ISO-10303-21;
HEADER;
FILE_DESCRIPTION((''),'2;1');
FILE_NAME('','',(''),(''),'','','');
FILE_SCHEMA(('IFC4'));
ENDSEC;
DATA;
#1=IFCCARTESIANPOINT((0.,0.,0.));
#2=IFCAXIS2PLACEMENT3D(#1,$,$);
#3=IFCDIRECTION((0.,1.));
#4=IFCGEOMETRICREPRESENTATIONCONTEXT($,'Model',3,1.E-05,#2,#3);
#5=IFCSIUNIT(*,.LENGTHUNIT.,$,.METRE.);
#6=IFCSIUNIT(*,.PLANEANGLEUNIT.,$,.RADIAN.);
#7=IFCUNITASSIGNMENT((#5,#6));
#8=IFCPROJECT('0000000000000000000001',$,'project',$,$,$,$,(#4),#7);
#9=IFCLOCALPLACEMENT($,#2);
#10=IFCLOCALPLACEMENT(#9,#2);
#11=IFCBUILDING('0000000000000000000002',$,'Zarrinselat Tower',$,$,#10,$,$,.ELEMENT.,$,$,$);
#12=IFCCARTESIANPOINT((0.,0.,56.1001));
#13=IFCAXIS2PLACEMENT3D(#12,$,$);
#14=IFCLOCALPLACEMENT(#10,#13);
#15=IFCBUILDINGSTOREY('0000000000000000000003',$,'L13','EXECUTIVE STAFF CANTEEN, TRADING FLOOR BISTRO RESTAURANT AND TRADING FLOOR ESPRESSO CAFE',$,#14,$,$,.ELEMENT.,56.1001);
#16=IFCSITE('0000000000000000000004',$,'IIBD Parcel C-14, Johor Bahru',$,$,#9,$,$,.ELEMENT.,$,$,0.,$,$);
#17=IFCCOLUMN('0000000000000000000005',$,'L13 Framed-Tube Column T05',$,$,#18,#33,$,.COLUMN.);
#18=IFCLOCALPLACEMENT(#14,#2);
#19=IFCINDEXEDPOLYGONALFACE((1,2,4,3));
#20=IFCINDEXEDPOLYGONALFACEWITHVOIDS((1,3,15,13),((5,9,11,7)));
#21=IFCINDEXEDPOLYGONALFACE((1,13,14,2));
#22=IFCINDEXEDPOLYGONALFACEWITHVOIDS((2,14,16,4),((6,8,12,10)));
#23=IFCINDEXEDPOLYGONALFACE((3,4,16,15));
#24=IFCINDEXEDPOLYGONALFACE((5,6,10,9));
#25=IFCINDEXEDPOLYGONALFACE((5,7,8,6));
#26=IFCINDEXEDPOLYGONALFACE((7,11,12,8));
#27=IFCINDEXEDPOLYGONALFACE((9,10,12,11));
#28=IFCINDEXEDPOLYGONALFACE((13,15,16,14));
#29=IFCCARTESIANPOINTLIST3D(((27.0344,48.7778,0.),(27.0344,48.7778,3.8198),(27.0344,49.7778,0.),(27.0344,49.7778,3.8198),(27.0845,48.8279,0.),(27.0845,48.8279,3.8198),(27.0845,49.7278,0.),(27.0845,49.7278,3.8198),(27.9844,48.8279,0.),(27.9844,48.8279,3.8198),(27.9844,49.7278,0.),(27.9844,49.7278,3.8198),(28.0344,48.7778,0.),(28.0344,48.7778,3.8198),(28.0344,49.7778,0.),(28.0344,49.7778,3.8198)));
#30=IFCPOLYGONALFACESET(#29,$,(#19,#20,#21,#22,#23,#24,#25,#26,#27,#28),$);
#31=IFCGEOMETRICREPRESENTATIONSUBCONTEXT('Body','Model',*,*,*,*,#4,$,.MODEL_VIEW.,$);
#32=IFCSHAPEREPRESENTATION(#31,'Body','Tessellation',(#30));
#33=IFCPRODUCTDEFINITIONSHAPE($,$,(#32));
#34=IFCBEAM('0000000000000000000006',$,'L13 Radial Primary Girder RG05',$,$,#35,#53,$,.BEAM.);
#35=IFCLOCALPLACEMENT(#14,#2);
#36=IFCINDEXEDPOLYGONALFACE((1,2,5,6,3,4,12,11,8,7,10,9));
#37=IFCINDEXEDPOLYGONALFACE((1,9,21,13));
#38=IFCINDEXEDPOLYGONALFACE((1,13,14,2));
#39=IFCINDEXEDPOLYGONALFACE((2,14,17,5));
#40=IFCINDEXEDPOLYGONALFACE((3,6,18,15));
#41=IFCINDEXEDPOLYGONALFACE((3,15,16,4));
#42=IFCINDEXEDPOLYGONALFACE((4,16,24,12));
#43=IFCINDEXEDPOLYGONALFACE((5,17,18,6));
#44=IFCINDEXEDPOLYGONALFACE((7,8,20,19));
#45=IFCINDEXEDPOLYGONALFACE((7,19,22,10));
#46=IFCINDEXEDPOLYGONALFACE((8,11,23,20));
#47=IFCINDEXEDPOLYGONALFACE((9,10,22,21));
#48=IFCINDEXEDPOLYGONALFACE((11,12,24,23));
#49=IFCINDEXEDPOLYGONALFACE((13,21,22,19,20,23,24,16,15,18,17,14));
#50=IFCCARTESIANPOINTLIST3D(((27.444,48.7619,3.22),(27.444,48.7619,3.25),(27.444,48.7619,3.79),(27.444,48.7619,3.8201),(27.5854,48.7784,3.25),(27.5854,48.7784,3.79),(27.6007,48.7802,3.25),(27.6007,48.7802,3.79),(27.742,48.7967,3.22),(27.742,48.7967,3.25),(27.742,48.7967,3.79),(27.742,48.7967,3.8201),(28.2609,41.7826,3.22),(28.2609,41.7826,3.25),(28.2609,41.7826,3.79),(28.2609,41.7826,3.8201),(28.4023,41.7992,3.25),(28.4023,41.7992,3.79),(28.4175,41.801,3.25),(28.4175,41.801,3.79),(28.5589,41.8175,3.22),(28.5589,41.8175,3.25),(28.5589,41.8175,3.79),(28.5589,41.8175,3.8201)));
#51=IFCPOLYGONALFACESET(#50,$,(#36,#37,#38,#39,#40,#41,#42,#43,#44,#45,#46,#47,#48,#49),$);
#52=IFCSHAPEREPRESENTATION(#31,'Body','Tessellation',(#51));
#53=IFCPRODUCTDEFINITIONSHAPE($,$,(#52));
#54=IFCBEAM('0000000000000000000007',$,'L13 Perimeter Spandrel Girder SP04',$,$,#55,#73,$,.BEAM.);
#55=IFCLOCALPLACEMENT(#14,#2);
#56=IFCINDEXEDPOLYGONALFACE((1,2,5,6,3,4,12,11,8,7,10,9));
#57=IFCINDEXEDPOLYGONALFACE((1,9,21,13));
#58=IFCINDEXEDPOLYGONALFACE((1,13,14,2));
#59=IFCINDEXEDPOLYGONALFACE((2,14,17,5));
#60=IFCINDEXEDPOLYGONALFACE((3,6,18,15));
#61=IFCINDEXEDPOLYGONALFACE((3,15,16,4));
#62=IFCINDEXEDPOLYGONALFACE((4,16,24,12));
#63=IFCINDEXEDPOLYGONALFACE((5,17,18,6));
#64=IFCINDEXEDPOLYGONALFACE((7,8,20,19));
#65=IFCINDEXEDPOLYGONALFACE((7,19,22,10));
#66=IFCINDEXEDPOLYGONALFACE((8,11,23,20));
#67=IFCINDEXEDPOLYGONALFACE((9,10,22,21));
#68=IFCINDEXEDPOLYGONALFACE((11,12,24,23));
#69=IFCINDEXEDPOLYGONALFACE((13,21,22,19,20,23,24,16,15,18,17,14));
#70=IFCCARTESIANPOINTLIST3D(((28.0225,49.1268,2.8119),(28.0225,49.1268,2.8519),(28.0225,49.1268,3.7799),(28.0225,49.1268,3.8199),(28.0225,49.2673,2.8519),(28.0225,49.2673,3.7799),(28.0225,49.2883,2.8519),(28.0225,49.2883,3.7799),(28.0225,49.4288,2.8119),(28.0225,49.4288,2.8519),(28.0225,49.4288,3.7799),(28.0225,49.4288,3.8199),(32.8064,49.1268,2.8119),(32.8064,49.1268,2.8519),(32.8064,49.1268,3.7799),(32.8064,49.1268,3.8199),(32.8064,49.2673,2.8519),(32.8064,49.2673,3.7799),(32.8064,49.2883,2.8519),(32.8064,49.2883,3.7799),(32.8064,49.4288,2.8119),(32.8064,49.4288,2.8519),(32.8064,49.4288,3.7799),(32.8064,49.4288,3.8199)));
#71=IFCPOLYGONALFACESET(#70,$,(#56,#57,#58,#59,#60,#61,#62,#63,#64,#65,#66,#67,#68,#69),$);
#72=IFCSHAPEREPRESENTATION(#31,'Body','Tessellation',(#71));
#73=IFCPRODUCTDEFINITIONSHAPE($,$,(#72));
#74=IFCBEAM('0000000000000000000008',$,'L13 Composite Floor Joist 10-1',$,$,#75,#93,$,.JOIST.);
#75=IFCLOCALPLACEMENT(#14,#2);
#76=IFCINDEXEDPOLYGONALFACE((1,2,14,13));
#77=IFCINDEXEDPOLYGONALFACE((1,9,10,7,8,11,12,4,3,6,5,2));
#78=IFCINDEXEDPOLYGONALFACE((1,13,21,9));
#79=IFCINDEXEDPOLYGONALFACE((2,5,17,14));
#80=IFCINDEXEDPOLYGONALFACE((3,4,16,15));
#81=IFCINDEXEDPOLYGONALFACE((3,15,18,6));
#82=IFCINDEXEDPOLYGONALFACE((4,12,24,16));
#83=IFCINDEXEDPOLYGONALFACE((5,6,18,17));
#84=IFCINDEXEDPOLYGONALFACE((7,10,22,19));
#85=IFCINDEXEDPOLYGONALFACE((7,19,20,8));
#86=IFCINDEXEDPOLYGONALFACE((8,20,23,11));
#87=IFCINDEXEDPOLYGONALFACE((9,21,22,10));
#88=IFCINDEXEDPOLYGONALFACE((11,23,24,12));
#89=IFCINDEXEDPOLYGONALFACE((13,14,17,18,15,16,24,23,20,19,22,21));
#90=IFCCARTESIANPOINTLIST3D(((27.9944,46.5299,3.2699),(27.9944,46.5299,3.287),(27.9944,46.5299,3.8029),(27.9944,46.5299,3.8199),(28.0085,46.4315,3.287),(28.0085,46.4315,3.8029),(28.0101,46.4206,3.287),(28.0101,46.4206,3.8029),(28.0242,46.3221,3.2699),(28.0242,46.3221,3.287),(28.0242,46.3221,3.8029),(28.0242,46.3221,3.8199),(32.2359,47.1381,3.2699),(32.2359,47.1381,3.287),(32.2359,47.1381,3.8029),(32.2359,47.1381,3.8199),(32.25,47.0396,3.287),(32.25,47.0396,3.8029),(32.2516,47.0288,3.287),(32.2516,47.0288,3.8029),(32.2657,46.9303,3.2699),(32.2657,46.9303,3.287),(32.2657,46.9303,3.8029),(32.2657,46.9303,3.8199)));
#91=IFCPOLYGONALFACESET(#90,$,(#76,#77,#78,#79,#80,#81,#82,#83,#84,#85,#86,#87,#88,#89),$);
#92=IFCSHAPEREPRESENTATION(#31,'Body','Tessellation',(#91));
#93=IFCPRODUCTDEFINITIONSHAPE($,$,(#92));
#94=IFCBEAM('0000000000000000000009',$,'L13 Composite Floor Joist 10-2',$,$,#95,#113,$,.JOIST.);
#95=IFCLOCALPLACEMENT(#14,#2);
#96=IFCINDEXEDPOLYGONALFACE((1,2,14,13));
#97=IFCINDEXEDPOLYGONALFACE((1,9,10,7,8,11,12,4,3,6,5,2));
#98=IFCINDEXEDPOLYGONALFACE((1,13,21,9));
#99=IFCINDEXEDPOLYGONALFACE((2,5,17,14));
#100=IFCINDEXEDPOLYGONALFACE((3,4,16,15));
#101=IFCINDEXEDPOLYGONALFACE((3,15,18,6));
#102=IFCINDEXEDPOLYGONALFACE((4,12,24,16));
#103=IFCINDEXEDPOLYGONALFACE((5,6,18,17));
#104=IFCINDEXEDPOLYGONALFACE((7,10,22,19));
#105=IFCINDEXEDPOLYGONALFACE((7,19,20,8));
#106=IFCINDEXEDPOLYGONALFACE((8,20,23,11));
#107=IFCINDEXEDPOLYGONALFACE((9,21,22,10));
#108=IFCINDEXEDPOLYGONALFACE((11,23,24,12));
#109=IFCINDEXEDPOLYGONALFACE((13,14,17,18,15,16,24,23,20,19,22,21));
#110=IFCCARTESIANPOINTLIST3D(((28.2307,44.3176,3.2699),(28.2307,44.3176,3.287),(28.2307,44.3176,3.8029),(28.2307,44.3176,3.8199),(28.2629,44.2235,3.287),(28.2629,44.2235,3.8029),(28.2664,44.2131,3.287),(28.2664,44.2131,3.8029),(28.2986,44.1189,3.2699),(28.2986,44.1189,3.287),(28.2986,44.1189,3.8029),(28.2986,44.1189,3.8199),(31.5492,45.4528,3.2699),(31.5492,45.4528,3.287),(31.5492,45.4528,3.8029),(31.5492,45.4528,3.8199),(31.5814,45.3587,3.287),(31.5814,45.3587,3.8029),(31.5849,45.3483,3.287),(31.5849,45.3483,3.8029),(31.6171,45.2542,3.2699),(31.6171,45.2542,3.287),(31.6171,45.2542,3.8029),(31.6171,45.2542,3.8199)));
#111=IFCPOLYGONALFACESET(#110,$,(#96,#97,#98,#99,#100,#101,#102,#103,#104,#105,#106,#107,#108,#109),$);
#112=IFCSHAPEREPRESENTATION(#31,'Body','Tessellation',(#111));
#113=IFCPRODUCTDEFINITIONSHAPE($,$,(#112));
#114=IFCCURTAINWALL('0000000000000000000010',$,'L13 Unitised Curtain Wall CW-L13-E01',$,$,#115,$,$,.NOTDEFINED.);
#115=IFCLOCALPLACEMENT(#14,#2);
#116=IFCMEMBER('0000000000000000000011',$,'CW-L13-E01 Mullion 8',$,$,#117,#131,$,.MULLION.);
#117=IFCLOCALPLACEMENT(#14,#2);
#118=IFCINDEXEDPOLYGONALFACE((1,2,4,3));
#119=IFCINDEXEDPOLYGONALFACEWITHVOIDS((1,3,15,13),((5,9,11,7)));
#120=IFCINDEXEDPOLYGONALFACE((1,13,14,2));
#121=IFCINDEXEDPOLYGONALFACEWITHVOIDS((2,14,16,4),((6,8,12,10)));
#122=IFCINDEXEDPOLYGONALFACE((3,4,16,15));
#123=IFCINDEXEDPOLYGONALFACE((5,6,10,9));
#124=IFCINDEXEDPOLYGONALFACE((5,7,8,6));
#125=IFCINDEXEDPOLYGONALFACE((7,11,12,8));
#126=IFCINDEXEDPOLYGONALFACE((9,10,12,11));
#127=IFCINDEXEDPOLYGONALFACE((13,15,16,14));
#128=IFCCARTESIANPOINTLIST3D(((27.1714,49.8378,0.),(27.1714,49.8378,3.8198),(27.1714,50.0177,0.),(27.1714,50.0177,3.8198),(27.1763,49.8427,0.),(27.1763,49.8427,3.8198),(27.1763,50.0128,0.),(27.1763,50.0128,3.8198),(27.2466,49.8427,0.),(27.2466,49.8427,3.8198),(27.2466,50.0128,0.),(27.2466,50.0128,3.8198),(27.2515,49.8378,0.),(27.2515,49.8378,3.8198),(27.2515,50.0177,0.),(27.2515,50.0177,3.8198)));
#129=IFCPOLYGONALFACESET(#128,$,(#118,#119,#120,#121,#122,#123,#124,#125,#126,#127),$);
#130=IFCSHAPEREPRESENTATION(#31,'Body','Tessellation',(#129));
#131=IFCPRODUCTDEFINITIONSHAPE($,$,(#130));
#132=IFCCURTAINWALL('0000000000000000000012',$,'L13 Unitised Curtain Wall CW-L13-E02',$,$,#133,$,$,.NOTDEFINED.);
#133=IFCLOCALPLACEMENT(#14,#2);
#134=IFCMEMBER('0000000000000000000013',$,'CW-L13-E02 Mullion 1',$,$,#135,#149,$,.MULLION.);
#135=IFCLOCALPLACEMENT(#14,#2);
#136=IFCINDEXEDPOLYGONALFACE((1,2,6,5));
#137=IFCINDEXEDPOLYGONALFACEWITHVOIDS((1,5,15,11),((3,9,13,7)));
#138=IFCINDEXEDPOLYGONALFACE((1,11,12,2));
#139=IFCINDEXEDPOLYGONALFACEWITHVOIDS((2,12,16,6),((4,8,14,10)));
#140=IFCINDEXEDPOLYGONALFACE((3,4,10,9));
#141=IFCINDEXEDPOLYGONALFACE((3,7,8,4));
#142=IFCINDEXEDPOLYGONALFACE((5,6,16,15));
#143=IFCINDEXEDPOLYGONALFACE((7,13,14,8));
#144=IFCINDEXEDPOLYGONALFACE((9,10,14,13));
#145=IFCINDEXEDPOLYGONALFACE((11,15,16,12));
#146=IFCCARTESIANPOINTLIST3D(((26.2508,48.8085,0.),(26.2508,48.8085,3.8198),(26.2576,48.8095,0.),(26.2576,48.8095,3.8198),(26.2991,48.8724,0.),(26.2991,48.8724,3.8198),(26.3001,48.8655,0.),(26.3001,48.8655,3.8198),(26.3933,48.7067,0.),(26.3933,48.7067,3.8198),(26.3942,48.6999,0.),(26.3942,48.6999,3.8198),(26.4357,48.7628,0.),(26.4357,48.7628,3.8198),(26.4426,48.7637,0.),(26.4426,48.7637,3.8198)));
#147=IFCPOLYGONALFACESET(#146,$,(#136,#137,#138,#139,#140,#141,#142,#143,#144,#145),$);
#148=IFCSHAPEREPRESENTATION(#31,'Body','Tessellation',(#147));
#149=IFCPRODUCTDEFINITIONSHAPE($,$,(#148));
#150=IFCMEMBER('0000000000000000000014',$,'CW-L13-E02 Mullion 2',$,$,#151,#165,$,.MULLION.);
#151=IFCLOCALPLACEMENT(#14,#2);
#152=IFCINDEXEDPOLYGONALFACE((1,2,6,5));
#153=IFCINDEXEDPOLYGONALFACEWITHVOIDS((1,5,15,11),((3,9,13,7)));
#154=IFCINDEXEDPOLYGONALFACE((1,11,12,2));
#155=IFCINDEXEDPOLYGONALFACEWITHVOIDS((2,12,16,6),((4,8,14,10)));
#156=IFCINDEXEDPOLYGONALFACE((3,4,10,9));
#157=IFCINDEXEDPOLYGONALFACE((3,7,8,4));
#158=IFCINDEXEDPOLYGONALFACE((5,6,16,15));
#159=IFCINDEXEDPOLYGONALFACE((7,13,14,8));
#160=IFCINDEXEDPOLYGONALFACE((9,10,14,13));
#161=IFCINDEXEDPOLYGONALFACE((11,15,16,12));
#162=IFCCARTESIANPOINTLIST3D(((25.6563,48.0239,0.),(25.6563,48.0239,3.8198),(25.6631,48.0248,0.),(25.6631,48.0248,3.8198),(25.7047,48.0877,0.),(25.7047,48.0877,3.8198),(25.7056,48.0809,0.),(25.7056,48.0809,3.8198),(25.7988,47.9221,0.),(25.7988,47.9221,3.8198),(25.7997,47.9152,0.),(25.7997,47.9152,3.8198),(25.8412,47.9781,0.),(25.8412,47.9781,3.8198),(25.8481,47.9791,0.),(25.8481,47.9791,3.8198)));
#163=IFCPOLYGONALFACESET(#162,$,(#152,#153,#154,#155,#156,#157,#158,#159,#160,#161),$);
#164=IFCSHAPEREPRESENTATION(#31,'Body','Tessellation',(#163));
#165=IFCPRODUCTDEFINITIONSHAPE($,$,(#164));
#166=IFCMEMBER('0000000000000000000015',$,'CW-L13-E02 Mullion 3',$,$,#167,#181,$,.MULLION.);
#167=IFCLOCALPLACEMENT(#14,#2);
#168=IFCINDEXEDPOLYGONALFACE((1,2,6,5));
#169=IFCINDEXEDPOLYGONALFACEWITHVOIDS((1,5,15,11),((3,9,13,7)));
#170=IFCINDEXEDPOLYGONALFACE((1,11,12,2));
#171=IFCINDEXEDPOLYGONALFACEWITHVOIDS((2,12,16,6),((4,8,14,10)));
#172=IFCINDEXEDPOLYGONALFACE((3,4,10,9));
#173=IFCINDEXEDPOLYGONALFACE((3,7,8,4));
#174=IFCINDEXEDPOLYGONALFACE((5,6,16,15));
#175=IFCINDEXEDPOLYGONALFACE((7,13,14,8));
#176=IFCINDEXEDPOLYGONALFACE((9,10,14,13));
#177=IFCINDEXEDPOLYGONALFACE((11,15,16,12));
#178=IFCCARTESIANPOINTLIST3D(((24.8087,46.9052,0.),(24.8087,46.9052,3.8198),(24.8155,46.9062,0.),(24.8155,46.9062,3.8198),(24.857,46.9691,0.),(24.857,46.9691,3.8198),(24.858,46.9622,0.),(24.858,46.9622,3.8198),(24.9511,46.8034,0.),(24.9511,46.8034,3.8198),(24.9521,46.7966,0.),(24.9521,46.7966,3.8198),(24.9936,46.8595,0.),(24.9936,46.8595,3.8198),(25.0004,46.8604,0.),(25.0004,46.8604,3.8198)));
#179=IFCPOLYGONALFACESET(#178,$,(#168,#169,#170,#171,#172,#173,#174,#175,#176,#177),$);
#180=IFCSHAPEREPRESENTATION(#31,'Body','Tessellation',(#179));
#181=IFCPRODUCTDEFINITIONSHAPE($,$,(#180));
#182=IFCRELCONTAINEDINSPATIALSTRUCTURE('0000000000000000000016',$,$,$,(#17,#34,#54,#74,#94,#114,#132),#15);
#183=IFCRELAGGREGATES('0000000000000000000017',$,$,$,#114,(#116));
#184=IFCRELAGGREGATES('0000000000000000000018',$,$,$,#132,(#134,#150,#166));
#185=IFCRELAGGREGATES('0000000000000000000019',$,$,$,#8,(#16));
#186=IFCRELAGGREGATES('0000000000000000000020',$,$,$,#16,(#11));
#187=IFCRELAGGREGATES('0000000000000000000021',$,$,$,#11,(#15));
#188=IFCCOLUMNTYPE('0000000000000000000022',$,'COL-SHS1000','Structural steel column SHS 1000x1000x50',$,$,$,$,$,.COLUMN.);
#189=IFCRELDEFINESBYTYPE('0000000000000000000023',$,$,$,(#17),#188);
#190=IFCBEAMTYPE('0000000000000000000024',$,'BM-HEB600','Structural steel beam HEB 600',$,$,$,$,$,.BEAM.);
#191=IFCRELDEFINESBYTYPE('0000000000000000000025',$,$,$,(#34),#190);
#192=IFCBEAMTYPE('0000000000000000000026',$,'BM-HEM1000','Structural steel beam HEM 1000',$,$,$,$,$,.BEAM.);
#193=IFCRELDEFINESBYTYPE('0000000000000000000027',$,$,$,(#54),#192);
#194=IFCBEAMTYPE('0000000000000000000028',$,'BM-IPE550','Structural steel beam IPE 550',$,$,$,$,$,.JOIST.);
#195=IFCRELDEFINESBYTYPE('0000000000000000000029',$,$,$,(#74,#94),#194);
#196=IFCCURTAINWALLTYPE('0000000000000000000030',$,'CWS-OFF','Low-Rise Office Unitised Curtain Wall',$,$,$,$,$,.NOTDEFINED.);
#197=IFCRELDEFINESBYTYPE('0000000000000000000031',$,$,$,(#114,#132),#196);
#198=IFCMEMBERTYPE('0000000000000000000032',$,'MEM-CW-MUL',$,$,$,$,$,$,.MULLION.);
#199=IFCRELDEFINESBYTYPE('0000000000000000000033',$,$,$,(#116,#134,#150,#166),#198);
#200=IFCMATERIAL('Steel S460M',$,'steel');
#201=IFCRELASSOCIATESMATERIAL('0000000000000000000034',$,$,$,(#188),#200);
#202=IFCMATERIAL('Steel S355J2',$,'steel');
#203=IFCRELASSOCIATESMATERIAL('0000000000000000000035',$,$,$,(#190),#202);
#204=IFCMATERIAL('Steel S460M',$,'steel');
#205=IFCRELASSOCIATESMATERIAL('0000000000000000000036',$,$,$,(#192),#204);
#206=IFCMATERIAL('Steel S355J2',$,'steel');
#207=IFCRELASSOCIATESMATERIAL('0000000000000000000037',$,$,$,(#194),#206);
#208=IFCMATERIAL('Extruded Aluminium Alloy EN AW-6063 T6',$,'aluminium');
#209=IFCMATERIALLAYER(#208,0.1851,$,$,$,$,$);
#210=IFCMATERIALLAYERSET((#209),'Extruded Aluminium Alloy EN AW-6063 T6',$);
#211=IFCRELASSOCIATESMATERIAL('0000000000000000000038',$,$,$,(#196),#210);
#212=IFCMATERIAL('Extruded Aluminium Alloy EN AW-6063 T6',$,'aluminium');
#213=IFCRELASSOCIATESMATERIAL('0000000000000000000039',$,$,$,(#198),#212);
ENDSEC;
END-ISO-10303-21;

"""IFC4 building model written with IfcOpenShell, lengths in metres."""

from ifc_helpers import new_model, si_unit, direction, frame, origin, origin_2d, place, context, subcontext, project, spatial, hollow_rectangle, i_section, extrude, material, layer, layer_set, material_profile, profile_set, type_object, element, aggregate, save


model = new_model("IFC4")

# Units and contexts
model_context = context("Model", 3, precision=1e-05, world=origin(), true_north=direction((0.0, 1.0)))
body_context = subcontext(model_context, "Body", "Model", "MODEL_VIEW")
ifc_project = project(units=[si_unit("LENGTHUNIT", "METRE"), si_unit("PLANEANGLEUNIT", "RADIAN")], contexts=[model_context])

# Site, building, storey
site_placement = place(None, origin())
site = spatial("IfcSite", under=ifc_project, at=site_placement, Name="IIBD Parcel C-14, Johor Bahru", CompositionType="ELEMENT", RefElevation=0.0)
building_placement = place(site_placement, origin())
building = spatial("IfcBuilding", under=site, at=building_placement, Name="Zarrinselat Tower", CompositionType="ELEMENT")
storey_placement = place(building_placement, frame((0.0, 0.0, 56.1001)))
storey = spatial("IfcBuildingStorey", under=building, at=storey_placement, Name="L13", Description="EXECUTIVE STAFF CANTEEN, TRADING FLOOR BISTRO RESTAURANT AND TRADING FLOOR ESPRESSO CAFE", CompositionType="ELEMENT", Elevation=56.1001)

# Column
ifc_material_1 = material(Name="Steel S460M", Category="steel")
ifc_material_profile_1 = material_profile(ifc_material_1, hollow_rectangle(XDim=1.0, YDim=1.0, WallThickness=0.05, at=origin_2d()), Name="SHS 1000x1000x50")
ifc_profile_set_1 = profile_set([ifc_material_profile_1], Name="Steel S460M")
column_type = type_object("IfcColumnType", Name="COL-SHS1000", Description="Structural steel column SHS 1000x1000x50", PredefinedType="COLUMN", material=ifc_profile_set_1)
column_placement = place(storey_placement, frame((27.5344, 49.2778, 0.0), z_axis=(0.0, 0.0, 1.0), x_axis=(1.0, 0.0, 0.0)))
element("IfcColumn", 1, at=column_placement, inside=storey, type_object=column_type, Name="L13 Framed-Tube Column T05", PredefinedType="COLUMN", context=body_context, shape_type="SweptSolid", body=[
    extrude(hollow_rectangle(XDim=1.0, YDim=1.0, WallThickness=0.05, at=origin_2d()), origin(), (0.0, 0.0, 1.0), 3.8198),
])

# Beams
ifc_material_2 = material(Name="Steel S355J2", Category="steel")
ifc_material_profile_2 = material_profile(ifc_material_2, i_section(OverallWidth=0.3, OverallDepth=0.6001, WebThickness=0.0154, FlangeThickness=0.03, at=origin_2d()), Name="HEB 600")
ifc_profile_set_2 = profile_set([ifc_material_profile_2], Name="Steel S355J2")
beam_type_1 = type_object("IfcBeamType", Name="BM-HEB600", Description="Structural steel beam HEB 600", PredefinedType="BEAM", material=ifc_profile_set_2)
beam_1_placement = place(storey_placement, frame((27.593, 48.7793, 3.52), z_axis=(0.116253, -0.99322, 0.0), x_axis=(0.99322, 0.116253, 0.0)))
element("IfcBeam", 2, at=beam_1_placement, inside=storey, type_object=beam_type_1, Name="L13 Radial Primary Girder RG05", PredefinedType="BEAM", context=body_context, shape_type="SweptSolid", body=[
    extrude(i_section(OverallWidth=0.3, OverallDepth=0.6001, WebThickness=0.0154, FlangeThickness=0.03, at=origin_2d()), origin(), (0.0, 0.0, 1.0), 7.0269),
])
ifc_material_3 = material(Name="Steel S460M", Category="steel")
ifc_material_profile_3 = material_profile(ifc_material_3, i_section(OverallWidth=0.302, OverallDepth=1.0081, WebThickness=0.021, FlangeThickness=0.04, at=origin_2d()), Name="HEM 1000")
ifc_profile_set_3 = profile_set([ifc_material_profile_3], Name="Steel S460M")
beam_type_2 = type_object("IfcBeamType", Name="BM-HEM1000", Description="Structural steel beam HEM 1000", PredefinedType="BEAM", material=ifc_profile_set_3)
beam_2_placement = place(storey_placement, frame((28.0225, 49.2778, 3.3159), z_axis=(1.0, 0.0, 0.0), x_axis=(0.0, 1.0, 0.0)))
element("IfcBeam", 3, at=beam_2_placement, inside=storey, type_object=beam_type_2, Name="L13 Perimeter Spandrel Girder SP04", PredefinedType="BEAM", context=body_context, shape_type="SweptSolid", body=[
    extrude(i_section(OverallWidth=0.302, OverallDepth=1.0081, WebThickness=0.021, FlangeThickness=0.04, at=origin_2d()), origin(), (0.0, 0.0, 1.0), 4.7839),
])
ifc_material_4 = material(Name="Steel S355J2", Category="steel")
ifc_material_profile_4 = material_profile(ifc_material_4, i_section(OverallWidth=0.21, OverallDepth=0.55, WebThickness=0.011, FlangeThickness=0.0171, at=origin_2d()), Name="IPE 550")
ifc_profile_set_4 = profile_set([ifc_material_profile_4], Name="Steel S355J2")
beam_type_3 = type_object("IfcBeamType", Name="BM-IPE550", Description="Structural steel beam IPE 550", PredefinedType="JOIST", material=ifc_profile_set_4)
beam_3_placement = place(storey_placement, frame((28.0093, 46.426, 3.5449), z_axis=(0.989876, 0.141932, 0.0), x_axis=(-0.141932, 0.989876, 0.0)))
element("IfcBeam", 4, at=beam_3_placement, inside=storey, type_object=beam_type_3, Name="L13 Composite Floor Joist 10-1", PredefinedType="JOIST", context=body_context, shape_type="SweptSolid", body=[
    extrude(i_section(OverallWidth=0.21, OverallDepth=0.55, WebThickness=0.011, FlangeThickness=0.0171, at=origin_2d()), origin(), (0.0, 0.0, 1.0), 4.2849),
])
beam_4_placement = place(storey_placement, frame((28.2646, 44.2183, 3.5449), z_axis=(0.946169, 0.323673, 0.0), x_axis=(-0.323673, 0.946169, 0.0)))
element("IfcBeam", 5, at=beam_4_placement, inside=storey, type_object=beam_type_3, Name="L13 Composite Floor Joist 10-2", PredefinedType="JOIST", context=body_context, shape_type="SweptSolid", body=[
    extrude(i_section(OverallWidth=0.21, OverallDepth=0.55, WebThickness=0.011, FlangeThickness=0.0171, at=origin_2d()), origin(), (0.0, 0.0, 1.0), 3.5073),
])

# Curtain wall, member
ifc_material_5 = material(Name="Extruded Aluminium Alloy EN AW-6063 T6", Category="aluminium")
ifc_layer_1 = layer(ifc_material_5, 0.1851)
ifc_layer_set_1 = layer_set([ifc_layer_1], Name="Extruded Aluminium Alloy EN AW-6063 T6")
curtain_wall_type = type_object("IfcCurtainWallType", Name="CWS-OFF", Description="Low-Rise Office Unitised Curtain Wall", PredefinedType="NOTDEFINED", material=ifc_layer_set_1)
curtain_wall_1_placement = place(storey_placement, origin())
curtain_wall_1 = element("IfcCurtainWall", 6, at=curtain_wall_1_placement, inside=storey, type_object=curtain_wall_type, Name="L13 Unitised Curtain Wall CW-L13-E01", PredefinedType="NOTDEFINED")
ifc_material_6 = material(Name="Extruded Aluminium Alloy EN AW-6063 T6", Category="aluminium")
ifc_material_profile_5 = material_profile(ifc_material_6, hollow_rectangle(XDim=0.0801, YDim=0.1799, WallThickness=0.0049, at=origin_2d()), Name="RHS 180x80x5")
ifc_profile_set_5 = profile_set([ifc_material_profile_5], Name="Extruded Aluminium Alloy EN AW-6063 T6")
member_type_1 = type_object("IfcMemberType", Name="MEM-CW-MUL", PredefinedType="MULLION", material=ifc_profile_set_5)
member_1_placement = place(storey_placement, frame((27.2114, 49.9277, 0.0), z_axis=(0.0, 0.0, 1.0), x_axis=(-1.0, 0.0, 0.0)))
member_1 = element("IfcMember", 7, at=member_1_placement, type_object=member_type_1, Name="CW-L13-E01 Mullion 8", PredefinedType="MULLION", context=body_context, shape_type="SweptSolid", body=[
    extrude(hollow_rectangle(XDim=0.0801, YDim=0.1799, WallThickness=0.0049, at=origin_2d()), origin(), (0.0, 0.0, 1.0), 3.8198),
])
aggregate(curtain_wall_1, [member_1])

# Curtain wall, members
curtain_wall_2_placement = place(storey_placement, origin())
curtain_wall_2 = element("IfcCurtainWall", 8, at=curtain_wall_2_placement, inside=storey, type_object=curtain_wall_type, Name="L13 Unitised Curtain Wall CW-L13-E02", PredefinedType="NOTDEFINED")
member_2_placement = place(storey_placement, frame((26.3467, 48.7861, 0.0), z_axis=(0.0, 0.0, 1.0), x_axis=(-0.60386, -0.797091, 0.0)))
member_2 = element("IfcMember", 9, at=member_2_placement, type_object=member_type_1, Name="CW-L13-E02 Mullion 1", PredefinedType="MULLION", context=body_context, shape_type="SweptSolid", body=[
    extrude(hollow_rectangle(XDim=0.0801, YDim=0.1799, WallThickness=0.0049, at=origin_2d()), origin(), (0.0, 0.0, 1.0), 3.8198),
])
member_3_placement = place(storey_placement, frame((25.7522, 48.0015, 0.0), z_axis=(0.0, 0.0, 1.0), x_axis=(-0.60386, -0.797091, 0.0)))
member_3 = element("IfcMember", 10, at=member_3_placement, type_object=member_type_1, Name="CW-L13-E02 Mullion 2", PredefinedType="MULLION", context=body_context, shape_type="SweptSolid", body=[
    extrude(hollow_rectangle(XDim=0.0801, YDim=0.1799, WallThickness=0.0049, at=origin_2d()), origin(), (0.0, 0.0, 1.0), 3.8198),
])
member_4_placement = place(storey_placement, frame((24.9045, 46.8828, 0.0), z_axis=(0.0, 0.0, 1.0), x_axis=(-0.60386, -0.797091, 0.0)))
member_4 = element("IfcMember", 11, at=member_4_placement, type_object=member_type_1, Name="CW-L13-E02 Mullion 3", PredefinedType="MULLION", context=body_context, shape_type="SweptSolid", body=[
    extrude(hollow_rectangle(XDim=0.0801, YDim=0.1799, WallThickness=0.0049, at=origin_2d()), origin(), (0.0, 0.0, 1.0), 3.8198),
])
aggregate(curtain_wall_2, [member_2, member_3, member_4])

save(model, "model.ifc")
